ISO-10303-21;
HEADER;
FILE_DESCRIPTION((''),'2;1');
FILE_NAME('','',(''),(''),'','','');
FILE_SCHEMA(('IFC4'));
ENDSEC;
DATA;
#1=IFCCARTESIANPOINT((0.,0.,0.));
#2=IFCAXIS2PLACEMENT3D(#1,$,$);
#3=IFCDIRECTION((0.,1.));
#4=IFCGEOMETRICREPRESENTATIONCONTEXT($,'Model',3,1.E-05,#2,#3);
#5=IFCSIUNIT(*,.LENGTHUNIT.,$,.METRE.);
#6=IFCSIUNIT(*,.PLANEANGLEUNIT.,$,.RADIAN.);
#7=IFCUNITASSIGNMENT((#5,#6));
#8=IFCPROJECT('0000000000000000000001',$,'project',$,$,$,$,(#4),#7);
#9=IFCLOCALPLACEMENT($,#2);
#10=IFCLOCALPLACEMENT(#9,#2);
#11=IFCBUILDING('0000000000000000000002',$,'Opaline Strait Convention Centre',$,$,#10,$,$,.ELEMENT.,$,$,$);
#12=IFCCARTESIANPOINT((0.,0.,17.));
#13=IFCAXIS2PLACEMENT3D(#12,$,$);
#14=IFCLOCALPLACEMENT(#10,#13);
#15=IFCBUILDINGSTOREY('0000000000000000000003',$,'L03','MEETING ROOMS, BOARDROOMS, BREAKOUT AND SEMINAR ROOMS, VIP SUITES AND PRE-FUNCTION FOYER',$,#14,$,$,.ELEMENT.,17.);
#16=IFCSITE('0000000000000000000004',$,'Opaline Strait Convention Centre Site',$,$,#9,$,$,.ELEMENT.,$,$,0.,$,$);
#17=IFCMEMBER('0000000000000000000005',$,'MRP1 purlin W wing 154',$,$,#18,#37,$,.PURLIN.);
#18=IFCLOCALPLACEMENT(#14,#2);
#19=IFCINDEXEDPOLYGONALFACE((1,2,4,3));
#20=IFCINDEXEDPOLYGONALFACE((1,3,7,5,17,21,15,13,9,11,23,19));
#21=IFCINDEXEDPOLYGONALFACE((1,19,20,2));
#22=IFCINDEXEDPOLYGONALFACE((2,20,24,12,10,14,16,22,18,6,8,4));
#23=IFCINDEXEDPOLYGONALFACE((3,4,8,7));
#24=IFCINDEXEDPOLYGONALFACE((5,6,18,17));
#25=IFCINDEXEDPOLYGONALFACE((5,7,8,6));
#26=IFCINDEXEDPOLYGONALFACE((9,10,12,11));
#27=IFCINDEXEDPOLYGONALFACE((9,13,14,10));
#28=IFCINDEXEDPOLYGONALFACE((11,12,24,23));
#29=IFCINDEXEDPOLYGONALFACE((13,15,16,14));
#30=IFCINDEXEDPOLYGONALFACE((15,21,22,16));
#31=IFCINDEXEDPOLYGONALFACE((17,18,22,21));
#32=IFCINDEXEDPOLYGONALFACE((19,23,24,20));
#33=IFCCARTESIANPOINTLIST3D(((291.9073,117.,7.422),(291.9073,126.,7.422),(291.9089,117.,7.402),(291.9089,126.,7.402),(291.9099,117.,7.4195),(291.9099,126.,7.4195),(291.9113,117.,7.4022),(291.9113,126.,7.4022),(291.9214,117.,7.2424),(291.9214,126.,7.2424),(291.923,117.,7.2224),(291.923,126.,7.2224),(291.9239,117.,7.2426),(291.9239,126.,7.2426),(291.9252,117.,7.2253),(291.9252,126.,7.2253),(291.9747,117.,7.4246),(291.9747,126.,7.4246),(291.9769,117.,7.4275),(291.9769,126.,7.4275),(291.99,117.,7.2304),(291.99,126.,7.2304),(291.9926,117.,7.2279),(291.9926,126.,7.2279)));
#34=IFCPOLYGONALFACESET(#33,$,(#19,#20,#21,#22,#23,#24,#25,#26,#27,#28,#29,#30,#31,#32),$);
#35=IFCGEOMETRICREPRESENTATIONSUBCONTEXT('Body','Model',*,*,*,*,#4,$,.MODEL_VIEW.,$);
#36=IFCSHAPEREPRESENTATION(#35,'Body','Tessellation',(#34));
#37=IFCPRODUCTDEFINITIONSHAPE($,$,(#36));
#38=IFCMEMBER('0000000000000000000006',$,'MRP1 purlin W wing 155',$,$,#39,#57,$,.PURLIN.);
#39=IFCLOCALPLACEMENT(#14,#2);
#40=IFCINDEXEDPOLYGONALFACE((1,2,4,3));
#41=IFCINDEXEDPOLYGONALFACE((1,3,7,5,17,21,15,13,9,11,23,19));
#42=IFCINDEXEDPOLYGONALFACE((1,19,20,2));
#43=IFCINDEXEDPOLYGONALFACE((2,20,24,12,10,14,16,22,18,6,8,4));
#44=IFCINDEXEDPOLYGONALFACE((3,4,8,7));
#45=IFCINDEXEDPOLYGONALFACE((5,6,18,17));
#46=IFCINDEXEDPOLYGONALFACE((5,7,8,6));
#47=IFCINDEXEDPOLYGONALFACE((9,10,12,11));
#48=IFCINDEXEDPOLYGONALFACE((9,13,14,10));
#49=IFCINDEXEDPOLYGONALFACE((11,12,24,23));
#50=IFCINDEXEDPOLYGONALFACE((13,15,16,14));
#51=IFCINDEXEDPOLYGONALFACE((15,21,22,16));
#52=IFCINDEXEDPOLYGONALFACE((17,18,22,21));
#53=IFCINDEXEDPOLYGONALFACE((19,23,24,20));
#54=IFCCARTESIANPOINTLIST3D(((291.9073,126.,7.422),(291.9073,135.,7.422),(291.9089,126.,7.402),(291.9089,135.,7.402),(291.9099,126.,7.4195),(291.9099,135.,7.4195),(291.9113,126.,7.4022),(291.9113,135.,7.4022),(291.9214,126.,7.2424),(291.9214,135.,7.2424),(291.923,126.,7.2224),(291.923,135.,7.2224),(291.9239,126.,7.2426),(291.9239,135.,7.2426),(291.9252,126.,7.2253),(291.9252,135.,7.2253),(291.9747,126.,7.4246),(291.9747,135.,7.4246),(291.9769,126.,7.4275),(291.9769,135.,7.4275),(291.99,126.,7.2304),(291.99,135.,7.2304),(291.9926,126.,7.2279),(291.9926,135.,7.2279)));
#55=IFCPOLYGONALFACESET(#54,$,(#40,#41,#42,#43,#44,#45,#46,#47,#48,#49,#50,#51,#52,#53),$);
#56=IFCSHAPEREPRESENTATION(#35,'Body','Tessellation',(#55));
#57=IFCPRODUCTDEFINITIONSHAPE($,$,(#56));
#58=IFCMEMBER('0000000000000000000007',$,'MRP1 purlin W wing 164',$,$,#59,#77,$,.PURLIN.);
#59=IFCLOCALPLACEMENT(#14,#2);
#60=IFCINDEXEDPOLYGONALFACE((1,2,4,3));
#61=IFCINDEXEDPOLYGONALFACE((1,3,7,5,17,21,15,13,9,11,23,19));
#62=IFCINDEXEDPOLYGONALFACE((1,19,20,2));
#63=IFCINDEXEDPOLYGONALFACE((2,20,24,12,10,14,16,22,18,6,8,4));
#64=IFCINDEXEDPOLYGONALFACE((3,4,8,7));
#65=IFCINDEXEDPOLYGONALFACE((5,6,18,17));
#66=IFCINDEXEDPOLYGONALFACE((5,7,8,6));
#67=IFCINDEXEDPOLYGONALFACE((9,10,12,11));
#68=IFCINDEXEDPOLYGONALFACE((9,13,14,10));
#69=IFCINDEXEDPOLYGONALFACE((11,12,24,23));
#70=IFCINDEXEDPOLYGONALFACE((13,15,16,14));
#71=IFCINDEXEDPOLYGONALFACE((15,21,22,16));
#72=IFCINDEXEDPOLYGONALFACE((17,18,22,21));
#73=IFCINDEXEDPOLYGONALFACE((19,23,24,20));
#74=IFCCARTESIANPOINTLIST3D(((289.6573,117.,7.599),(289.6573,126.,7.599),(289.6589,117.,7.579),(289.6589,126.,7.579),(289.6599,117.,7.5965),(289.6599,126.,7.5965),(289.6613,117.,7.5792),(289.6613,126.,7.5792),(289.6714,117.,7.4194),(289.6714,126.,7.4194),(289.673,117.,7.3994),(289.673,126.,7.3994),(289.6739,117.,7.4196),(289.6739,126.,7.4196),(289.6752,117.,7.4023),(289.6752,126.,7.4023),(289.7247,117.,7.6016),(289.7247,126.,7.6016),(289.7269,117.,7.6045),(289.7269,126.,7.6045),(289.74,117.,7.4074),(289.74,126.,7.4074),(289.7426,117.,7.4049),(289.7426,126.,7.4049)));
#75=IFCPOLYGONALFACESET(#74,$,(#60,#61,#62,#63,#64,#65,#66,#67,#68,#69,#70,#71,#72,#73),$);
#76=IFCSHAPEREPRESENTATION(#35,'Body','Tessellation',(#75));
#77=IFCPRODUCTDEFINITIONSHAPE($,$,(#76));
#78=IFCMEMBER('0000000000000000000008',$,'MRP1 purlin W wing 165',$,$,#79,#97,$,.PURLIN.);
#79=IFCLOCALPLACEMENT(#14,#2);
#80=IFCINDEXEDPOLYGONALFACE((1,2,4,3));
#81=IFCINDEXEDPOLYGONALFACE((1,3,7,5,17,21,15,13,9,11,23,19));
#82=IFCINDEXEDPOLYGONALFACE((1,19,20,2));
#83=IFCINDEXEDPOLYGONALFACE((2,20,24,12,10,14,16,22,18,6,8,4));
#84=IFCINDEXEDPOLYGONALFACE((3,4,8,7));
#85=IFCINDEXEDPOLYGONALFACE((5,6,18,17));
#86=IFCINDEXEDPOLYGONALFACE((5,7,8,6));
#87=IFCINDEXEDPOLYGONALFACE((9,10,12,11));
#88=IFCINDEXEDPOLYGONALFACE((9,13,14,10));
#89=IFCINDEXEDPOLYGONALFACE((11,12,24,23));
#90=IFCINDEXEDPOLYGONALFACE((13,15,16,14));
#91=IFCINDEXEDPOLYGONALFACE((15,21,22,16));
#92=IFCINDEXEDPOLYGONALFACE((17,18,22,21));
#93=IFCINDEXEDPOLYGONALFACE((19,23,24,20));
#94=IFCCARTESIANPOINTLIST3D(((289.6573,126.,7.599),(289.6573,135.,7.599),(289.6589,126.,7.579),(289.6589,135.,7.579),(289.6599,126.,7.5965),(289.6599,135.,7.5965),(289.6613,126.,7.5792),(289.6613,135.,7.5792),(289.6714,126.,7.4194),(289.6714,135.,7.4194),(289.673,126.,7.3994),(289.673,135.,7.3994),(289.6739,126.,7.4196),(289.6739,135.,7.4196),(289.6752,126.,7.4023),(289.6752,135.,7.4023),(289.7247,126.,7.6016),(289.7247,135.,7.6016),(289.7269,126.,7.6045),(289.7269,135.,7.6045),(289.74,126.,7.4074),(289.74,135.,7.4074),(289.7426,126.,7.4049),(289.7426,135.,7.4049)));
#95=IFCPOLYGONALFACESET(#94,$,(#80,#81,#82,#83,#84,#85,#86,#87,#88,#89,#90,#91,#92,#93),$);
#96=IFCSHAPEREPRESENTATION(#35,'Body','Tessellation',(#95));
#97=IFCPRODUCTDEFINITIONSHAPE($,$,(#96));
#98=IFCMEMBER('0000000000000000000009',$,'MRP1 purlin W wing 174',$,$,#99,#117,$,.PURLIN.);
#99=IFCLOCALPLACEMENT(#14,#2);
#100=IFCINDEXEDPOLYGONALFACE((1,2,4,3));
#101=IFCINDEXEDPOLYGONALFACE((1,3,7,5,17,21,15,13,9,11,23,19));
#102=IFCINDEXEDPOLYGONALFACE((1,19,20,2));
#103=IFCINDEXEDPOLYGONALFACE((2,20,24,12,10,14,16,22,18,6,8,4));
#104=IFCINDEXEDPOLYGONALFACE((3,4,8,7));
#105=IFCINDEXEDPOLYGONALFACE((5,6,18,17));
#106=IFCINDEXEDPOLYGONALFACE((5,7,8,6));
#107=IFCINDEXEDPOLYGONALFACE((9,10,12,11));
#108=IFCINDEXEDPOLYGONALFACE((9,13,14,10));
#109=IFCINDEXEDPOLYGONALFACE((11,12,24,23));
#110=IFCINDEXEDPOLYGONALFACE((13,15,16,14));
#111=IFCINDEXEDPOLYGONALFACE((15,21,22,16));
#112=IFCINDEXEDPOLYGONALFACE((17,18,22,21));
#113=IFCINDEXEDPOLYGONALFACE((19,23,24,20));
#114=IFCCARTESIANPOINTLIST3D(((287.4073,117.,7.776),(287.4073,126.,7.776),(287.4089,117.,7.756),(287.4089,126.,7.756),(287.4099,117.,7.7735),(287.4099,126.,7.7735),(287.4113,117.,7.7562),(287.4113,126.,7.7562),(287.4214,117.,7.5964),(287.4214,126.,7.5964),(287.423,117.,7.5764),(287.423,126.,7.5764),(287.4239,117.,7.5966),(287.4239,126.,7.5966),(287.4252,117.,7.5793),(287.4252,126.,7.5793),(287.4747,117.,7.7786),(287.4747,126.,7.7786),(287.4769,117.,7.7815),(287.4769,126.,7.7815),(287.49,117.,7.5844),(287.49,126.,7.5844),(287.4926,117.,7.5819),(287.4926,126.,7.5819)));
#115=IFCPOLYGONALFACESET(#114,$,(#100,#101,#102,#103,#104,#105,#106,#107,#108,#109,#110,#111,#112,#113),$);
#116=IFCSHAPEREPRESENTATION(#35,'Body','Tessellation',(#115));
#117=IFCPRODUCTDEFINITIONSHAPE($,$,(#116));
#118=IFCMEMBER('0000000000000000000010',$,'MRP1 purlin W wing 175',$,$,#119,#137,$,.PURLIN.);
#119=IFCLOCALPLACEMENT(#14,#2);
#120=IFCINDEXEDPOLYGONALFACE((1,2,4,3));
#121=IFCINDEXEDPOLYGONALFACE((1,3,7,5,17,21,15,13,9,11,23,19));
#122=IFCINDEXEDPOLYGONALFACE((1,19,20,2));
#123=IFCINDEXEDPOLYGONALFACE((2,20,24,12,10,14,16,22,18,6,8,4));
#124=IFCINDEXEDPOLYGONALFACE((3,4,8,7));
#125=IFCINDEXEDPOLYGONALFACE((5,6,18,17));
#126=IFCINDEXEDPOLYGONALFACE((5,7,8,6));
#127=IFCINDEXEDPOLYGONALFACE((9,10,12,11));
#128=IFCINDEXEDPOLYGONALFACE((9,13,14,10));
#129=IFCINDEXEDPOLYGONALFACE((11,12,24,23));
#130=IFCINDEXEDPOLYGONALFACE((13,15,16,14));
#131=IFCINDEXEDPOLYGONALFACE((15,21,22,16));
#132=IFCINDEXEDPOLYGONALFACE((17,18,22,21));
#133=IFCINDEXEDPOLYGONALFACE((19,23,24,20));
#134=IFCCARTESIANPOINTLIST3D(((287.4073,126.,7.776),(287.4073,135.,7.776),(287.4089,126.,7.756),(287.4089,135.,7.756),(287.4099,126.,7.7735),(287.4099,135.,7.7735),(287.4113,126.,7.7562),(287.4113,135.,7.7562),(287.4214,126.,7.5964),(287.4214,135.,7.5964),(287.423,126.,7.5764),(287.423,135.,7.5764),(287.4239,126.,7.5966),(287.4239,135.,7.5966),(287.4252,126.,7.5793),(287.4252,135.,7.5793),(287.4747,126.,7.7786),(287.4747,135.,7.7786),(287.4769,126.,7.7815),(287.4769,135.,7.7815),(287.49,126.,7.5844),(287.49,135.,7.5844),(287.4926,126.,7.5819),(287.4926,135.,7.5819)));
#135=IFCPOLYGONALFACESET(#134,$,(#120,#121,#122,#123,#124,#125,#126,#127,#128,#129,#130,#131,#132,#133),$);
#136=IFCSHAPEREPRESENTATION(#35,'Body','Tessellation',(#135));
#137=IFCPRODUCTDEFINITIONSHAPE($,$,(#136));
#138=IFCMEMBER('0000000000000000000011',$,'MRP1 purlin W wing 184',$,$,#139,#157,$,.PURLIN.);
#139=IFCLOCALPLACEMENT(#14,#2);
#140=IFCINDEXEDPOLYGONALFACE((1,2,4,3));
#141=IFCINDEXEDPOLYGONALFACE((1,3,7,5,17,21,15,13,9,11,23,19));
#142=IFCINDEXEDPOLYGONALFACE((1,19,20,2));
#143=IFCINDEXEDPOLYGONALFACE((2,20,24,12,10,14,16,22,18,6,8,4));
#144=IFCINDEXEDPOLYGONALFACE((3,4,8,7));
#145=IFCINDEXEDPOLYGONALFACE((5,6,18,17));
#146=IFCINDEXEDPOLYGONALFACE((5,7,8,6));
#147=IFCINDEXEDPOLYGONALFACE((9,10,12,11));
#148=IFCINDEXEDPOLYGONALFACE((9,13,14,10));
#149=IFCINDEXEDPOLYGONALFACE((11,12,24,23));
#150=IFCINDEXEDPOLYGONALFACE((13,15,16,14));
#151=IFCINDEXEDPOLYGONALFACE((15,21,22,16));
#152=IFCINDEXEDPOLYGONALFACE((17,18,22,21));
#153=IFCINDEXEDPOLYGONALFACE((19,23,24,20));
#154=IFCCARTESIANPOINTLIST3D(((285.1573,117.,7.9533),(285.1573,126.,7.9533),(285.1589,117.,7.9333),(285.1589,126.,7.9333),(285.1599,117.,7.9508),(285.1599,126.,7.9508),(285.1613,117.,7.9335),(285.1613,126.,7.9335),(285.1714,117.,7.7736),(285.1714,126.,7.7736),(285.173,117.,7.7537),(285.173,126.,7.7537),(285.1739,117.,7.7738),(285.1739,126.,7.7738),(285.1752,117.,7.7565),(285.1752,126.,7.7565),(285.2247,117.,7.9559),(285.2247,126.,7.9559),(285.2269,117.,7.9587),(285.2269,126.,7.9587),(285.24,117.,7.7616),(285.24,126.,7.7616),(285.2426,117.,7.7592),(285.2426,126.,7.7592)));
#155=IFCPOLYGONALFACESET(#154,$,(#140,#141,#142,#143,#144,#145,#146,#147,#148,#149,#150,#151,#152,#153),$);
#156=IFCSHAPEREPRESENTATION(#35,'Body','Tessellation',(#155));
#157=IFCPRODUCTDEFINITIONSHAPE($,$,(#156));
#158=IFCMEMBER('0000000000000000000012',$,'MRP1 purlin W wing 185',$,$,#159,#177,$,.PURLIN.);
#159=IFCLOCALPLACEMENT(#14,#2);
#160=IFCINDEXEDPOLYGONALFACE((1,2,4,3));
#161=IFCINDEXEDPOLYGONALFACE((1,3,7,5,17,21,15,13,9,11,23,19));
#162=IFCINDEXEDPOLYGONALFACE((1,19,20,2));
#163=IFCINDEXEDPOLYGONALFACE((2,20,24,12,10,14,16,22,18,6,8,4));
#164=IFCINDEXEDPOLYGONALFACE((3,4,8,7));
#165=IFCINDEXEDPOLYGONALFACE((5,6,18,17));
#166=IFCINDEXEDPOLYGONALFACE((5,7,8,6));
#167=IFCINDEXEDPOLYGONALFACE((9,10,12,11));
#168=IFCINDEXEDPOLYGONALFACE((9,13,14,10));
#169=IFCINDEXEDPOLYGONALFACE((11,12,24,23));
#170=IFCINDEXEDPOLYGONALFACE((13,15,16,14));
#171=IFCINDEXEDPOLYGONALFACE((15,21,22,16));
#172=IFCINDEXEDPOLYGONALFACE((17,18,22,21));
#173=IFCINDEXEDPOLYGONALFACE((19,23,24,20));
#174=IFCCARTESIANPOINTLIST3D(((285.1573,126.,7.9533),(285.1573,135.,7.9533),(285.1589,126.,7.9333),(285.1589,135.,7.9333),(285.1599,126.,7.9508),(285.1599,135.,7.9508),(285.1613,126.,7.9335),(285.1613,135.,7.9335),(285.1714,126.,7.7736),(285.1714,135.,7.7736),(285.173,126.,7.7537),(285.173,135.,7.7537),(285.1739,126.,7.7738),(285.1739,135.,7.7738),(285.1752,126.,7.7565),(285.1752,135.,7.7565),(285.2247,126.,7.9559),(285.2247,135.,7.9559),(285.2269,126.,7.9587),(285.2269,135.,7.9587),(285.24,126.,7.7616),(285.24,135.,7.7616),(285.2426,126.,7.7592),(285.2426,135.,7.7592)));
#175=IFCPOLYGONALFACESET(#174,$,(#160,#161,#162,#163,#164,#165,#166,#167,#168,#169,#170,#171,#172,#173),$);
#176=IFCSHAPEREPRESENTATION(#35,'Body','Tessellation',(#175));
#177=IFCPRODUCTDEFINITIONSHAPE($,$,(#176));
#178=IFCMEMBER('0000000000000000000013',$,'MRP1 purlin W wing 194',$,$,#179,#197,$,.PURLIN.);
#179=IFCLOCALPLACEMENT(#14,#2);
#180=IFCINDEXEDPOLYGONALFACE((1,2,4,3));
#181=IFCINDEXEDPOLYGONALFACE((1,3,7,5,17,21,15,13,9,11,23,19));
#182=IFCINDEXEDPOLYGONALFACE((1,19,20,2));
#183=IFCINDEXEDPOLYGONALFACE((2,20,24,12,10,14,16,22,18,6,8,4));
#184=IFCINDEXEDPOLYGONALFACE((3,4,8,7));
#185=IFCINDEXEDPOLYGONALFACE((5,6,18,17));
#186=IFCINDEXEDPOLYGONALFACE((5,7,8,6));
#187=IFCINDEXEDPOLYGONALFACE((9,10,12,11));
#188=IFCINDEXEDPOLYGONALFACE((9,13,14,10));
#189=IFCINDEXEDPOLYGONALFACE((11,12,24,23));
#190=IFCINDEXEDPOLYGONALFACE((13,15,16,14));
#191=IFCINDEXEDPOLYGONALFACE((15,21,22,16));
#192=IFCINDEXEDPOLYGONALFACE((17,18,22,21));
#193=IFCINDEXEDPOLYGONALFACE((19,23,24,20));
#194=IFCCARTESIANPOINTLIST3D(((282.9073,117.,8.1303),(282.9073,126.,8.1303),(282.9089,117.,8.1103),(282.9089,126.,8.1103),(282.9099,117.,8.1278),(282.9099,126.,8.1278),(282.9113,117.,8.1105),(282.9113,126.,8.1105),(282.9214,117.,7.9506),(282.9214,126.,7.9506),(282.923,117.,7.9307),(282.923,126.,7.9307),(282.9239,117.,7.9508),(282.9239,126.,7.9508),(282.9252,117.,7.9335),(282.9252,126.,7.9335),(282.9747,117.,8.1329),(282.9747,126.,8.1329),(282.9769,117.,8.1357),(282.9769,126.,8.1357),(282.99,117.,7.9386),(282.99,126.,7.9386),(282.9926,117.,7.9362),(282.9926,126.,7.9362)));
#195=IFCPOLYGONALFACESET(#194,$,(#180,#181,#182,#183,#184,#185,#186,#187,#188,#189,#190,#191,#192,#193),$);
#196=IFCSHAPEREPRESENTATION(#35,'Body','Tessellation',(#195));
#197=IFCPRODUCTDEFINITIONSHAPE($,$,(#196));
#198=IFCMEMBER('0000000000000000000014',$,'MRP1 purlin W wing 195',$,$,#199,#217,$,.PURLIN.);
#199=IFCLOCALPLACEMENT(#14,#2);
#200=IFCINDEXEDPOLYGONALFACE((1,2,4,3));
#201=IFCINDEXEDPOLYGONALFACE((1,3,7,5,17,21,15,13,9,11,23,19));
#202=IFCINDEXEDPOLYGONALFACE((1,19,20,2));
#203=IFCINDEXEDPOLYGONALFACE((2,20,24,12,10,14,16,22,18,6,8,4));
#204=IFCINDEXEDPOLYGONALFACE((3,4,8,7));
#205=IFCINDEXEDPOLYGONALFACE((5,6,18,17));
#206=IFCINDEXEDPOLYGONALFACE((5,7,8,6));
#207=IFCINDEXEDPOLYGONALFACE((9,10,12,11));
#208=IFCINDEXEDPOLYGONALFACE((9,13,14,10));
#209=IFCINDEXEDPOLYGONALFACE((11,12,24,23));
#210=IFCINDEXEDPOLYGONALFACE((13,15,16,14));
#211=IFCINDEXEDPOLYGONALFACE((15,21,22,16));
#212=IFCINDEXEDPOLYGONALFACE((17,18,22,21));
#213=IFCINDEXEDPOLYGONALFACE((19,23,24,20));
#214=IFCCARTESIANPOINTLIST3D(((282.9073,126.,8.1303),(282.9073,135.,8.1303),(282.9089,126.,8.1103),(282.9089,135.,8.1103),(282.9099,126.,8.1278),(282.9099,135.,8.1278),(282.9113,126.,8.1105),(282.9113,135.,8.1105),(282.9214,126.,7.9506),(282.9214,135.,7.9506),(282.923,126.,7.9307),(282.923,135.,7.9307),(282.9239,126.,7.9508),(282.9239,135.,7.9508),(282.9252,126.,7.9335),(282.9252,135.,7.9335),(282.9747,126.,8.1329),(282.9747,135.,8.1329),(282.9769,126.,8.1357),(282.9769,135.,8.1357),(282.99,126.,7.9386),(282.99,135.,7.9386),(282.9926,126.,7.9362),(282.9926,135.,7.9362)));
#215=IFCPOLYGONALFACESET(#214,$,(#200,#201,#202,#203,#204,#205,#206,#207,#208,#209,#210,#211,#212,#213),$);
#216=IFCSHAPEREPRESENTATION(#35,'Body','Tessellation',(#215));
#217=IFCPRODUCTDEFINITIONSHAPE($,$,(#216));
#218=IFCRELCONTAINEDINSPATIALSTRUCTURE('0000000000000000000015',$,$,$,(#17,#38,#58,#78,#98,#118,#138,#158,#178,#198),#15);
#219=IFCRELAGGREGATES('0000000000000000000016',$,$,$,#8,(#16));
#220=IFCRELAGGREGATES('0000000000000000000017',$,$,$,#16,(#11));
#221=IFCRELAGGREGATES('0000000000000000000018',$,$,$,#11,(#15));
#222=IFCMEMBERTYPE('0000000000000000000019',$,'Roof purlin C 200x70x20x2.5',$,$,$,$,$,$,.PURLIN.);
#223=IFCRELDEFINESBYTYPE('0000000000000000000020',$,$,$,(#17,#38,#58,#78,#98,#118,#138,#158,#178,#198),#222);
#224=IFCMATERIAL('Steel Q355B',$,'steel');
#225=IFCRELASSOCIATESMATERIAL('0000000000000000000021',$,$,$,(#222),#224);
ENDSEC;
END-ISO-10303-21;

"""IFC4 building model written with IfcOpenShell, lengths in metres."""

from ifc_helpers import new_model, si_unit, direction, frame, origin, place, context, subcontext, project, spatial, polyline, outline, extrude, material, material_profile, profile_set, type_object, element, save


model = new_model("IFC4")

# Units and contexts
model_context = context("Model", 3, precision=1e-05, world=origin(), true_north=direction((0.0, 1.0)))
body_context = subcontext(model_context, "Body", "Model", "MODEL_VIEW")
ifc_project = project(units=[si_unit("LENGTHUNIT", "METRE"), si_unit("PLANEANGLEUNIT", "RADIAN")], contexts=[model_context])

# Site, building, storey
site_placement = place(None, origin())
site = spatial("IfcSite", under=ifc_project, at=site_placement, Name="Opaline Strait Convention Centre Site", CompositionType="ELEMENT", RefElevation=0.0)
building_placement = place(site_placement, origin())
building = spatial("IfcBuilding", under=site, at=building_placement, Name="Opaline Strait Convention Centre", CompositionType="ELEMENT")
storey_placement = place(building_placement, frame((0.0, 0.0, 17.0)))
storey = spatial("IfcBuildingStorey", under=building, at=storey_placement, Name="L03", Description="MEETING ROOMS, BOARDROOMS, BREAKOUT AND SEMINAR ROOMS, VIP SUITES AND PRE-FUNCTION FOYER", CompositionType="ELEMENT", Elevation=17.0)

# Shared definitions
ifc_material_1 = material(Name="Steel Q355B", Category="steel")

# Members
ifc_material_profile_1 = material_profile(ifc_material_1, outline(polyline([(-0.0349, -0.1001), (0.0349, -0.1001), (0.0349, -0.0801), (0.0325, -0.0801), (0.0325, -0.0974), (-0.0325, -0.0974), (-0.0325, 0.0974), (0.0325, 0.0974), (0.0325, 0.0801), (0.0349, 0.0801), (0.0349, 0.1001), (-0.0349, 0.1001), (-0.0349, -0.1001)])), Name="C 200x70x20x2.5")
ifc_profile_set_1 = profile_set([ifc_material_profile_1], Name="Steel Q355B")
member_type_1 = type_object("IfcMemberType", Name="Roof purlin C 200x70x20x2.5", PredefinedType="PURLIN", material=ifc_profile_set_1)
for number, where, z_axis, x_axis, name in (
    (1, (291.95, 117.0, 7.325), (0.0, 1.0, 0.0), (-0.996917, 0.0, -0.078459), "MRP1 purlin W wing 154"),
    (2, (291.95, 126.0, 7.325), (0.0, 1.0, 0.0), (-0.996917, 0.0, -0.078459), "MRP1 purlin W wing 155"),
    (3, (289.7, 117.0, 7.502), (0.0, 1.0, 0.0), (-0.996917, 0.0, -0.078459), "MRP1 purlin W wing 164"),
    (4, (289.7, 126.0, 7.502), (0.0, 1.0, 0.0), (-0.996917, 0.0, -0.078459), "MRP1 purlin W wing 165"),
    (5, (287.45, 117.0, 7.679), (0.0, 1.0, 0.0), (-0.996917, 0.0, -0.078459), "MRP1 purlin W wing 174"),
    (6, (287.45, 126.0, 7.679), (0.0, 1.0, 0.0), (-0.996917, 0.0, -0.078459), "MRP1 purlin W wing 175"),
    (7, (285.2, 117.0, 7.8562), (0.0, 1.0, 0.0), (-0.996917, 0.0, -0.078459), "MRP1 purlin W wing 184"),
    (8, (285.2, 126.0, 7.8562), (0.0, 1.0, 0.0), (-0.996917, 0.0, -0.078459), "MRP1 purlin W wing 185"),
    (9, (282.95, 117.0, 8.0332), (0.0, 1.0, 0.0), (-0.996917, 0.0, -0.078459), "MRP1 purlin W wing 194"),
    (10, (282.95, 126.0, 8.0332), (0.0, 1.0, 0.0), (-0.996917, 0.0, -0.078459), "MRP1 purlin W wing 195"),
):
    element("IfcMember", number, at=place(storey_placement, frame(where, z_axis=z_axis, x_axis=x_axis)), inside=storey, type_object=member_type_1, Name=name, PredefinedType="PURLIN", context=body_context, shape_type="SweptSolid", body=[
        extrude(outline(polyline([(-0.0349, -0.1001), (0.0349, -0.1001), (0.0349, -0.0801), (0.0325, -0.0801), (0.0325, -0.0974), (-0.0325, -0.0974), (-0.0325, 0.0974), (0.0325, 0.0974), (0.0325, 0.0801), (0.0349, 0.0801), (0.0349, 0.1001), (-0.0349, 0.1001), (-0.0349, -0.1001)])), origin(), (0.0, 0.0, 1.0), 9.0),
    ])

save(model, "model.ifc")
